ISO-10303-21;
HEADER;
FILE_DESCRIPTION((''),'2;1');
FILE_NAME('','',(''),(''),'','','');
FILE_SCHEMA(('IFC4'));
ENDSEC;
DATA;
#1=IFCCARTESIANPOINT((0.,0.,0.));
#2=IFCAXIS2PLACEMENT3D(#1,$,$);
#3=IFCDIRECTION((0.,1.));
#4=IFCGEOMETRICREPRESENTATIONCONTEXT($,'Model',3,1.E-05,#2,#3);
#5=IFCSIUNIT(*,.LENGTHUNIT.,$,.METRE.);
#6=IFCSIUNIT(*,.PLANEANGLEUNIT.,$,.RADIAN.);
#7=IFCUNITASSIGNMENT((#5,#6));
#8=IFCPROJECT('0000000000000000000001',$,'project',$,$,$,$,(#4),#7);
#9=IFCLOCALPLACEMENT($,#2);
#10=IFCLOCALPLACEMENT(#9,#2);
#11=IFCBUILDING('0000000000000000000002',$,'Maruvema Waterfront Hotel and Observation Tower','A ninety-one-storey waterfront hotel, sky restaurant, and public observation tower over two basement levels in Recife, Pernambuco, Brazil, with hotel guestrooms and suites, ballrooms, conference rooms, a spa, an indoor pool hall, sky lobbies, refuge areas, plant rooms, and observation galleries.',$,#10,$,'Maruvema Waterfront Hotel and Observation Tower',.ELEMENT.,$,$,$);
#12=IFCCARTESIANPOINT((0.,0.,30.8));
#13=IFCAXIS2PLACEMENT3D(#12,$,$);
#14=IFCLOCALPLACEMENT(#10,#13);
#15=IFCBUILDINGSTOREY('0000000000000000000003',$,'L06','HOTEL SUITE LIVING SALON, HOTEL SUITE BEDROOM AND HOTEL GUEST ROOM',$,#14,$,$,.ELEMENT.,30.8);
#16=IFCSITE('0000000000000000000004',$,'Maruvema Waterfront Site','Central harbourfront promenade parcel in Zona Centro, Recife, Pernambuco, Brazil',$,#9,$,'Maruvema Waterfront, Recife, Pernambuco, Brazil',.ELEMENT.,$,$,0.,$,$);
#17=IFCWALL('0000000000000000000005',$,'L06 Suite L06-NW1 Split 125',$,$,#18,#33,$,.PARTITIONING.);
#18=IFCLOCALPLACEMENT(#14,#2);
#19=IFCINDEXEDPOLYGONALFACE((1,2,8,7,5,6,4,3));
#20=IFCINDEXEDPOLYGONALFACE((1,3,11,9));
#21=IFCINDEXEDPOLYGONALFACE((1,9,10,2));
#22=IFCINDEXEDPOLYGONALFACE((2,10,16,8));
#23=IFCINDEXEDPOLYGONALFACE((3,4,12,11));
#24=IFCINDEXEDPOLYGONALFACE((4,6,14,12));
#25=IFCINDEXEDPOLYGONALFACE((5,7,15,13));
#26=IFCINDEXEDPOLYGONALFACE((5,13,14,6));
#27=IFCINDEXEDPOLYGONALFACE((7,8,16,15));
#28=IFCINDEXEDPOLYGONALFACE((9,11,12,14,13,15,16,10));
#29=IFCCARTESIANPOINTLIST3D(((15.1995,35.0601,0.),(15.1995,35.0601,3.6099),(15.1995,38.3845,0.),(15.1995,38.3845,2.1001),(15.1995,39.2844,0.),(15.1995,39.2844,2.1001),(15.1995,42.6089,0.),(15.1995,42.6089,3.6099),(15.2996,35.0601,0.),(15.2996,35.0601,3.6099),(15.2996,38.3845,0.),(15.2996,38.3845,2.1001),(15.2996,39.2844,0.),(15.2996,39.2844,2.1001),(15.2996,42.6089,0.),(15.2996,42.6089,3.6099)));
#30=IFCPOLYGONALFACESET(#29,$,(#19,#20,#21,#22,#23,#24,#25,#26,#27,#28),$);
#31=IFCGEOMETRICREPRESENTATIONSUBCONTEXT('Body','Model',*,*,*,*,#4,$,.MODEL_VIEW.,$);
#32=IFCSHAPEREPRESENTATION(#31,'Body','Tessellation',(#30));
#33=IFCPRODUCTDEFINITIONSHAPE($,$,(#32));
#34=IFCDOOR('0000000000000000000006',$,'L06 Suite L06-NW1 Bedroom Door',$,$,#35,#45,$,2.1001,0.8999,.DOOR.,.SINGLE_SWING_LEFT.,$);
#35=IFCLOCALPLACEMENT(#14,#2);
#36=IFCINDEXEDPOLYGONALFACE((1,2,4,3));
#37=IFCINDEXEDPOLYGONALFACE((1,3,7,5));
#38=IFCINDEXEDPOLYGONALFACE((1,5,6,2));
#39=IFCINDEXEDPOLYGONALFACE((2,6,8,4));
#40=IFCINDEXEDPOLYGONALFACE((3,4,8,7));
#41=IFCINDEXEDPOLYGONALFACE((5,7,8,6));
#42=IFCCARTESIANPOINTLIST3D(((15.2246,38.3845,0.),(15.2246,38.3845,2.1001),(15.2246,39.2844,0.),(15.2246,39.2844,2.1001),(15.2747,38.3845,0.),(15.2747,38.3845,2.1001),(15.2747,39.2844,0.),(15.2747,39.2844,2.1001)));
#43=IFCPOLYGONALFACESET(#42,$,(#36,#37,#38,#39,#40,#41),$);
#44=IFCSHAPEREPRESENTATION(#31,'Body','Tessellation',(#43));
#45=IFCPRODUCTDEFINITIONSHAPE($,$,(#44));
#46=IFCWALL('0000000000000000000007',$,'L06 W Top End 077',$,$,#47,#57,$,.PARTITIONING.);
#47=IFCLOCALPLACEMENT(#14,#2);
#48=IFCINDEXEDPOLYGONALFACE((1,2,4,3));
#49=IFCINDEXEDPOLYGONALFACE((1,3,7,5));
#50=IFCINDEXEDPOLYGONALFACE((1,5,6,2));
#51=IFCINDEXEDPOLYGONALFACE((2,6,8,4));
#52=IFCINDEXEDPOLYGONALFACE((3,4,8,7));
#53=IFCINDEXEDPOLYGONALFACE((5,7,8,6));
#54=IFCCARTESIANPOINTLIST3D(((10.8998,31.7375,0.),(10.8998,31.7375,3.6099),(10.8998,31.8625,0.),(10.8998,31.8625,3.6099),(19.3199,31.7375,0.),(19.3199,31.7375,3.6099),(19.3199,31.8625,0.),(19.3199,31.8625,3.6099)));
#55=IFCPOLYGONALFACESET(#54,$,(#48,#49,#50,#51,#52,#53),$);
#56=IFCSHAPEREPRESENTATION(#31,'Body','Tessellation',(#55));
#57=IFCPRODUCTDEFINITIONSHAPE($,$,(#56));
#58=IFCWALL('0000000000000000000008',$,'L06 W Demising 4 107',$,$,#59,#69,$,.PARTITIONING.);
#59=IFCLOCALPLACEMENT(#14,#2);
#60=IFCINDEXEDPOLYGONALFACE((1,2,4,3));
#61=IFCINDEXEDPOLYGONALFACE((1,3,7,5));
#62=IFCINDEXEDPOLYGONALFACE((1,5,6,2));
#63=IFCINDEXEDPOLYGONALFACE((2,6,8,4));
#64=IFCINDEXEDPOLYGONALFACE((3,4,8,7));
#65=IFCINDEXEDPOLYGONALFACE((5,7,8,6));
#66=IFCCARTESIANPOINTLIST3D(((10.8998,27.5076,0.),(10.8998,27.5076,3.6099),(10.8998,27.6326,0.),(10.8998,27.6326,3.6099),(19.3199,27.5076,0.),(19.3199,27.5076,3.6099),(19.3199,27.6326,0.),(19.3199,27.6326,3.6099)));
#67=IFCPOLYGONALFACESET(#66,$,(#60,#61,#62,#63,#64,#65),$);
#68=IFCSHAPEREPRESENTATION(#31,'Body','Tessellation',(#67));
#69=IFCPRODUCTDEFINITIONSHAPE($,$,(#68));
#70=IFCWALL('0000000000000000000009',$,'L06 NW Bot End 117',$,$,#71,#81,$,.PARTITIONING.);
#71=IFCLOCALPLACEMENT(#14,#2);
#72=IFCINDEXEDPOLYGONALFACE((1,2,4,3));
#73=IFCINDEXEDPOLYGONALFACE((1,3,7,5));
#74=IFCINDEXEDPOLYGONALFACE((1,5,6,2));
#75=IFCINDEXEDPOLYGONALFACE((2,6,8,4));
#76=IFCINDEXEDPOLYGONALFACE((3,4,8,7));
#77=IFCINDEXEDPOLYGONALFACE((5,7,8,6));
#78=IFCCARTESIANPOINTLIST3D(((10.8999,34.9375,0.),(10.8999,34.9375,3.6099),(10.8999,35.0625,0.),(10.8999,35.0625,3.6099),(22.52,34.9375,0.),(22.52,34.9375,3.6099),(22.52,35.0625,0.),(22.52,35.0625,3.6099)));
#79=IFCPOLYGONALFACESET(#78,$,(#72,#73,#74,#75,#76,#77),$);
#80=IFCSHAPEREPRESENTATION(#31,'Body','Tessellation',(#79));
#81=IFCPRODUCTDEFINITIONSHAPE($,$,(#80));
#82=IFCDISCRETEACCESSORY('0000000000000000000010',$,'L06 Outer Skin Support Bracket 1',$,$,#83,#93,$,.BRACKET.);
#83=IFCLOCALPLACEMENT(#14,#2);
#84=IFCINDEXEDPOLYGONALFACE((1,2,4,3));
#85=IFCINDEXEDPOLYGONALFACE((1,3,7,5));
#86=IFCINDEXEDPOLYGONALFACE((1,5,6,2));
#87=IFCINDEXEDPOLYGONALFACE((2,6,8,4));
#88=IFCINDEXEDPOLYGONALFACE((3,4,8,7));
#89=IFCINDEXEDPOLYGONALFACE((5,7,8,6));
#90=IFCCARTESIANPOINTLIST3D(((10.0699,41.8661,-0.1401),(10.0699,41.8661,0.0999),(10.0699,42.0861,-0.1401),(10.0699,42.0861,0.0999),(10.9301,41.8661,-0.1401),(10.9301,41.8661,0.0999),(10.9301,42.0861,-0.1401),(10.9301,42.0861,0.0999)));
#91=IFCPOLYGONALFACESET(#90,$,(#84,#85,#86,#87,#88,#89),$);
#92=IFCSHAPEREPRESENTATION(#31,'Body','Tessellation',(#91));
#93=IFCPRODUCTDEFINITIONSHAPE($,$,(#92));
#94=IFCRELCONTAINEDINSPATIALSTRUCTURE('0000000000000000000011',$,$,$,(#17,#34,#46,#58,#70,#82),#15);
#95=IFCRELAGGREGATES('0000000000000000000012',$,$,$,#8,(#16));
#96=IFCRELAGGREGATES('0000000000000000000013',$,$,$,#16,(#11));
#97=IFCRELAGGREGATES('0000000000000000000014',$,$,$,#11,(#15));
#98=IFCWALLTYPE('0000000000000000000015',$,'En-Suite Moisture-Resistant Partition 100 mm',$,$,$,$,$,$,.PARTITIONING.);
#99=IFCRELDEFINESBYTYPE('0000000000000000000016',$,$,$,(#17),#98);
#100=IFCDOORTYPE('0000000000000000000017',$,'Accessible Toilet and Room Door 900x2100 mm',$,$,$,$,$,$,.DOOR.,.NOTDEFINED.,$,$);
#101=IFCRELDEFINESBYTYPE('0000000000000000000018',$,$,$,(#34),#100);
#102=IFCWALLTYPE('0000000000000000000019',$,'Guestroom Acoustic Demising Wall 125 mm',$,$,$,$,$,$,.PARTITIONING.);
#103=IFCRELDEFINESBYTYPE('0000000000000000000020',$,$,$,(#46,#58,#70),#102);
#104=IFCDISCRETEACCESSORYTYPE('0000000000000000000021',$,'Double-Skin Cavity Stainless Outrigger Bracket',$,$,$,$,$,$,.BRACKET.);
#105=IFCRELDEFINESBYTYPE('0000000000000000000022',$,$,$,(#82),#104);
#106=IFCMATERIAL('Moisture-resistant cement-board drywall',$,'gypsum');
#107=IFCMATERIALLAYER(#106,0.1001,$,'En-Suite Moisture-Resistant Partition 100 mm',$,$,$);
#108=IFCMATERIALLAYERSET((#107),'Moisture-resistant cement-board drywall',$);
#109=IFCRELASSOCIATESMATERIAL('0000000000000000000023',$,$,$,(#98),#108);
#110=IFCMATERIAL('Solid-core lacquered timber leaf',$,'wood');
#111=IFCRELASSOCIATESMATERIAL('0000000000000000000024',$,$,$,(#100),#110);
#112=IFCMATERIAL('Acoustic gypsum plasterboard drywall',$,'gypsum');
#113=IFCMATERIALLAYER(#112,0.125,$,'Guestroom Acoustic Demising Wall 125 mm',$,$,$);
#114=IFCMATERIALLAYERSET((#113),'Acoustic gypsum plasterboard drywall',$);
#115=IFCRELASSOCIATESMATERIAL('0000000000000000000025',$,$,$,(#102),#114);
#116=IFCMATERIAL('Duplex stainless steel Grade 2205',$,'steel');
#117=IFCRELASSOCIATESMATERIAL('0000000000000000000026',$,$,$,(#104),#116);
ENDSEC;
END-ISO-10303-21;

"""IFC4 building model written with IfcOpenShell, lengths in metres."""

from ifc_helpers import new_model, si_unit, direction, frame, frame_2d, origin, origin_2d, place, context, subcontext, project, spatial, rectangle, extrude, material, layer, layer_set, type_object, element, fill, save


model = new_model("IFC4")

# Units and contexts
model_context = context("Model", 3, precision=1e-05, world=origin(), true_north=direction((0.0, 1.0)))
body_context = subcontext(model_context, "Body", "Model", "MODEL_VIEW")
ifc_project = project(units=[si_unit("LENGTHUNIT", "METRE"), si_unit("PLANEANGLEUNIT", "RADIAN")], contexts=[model_context])

# Site, building, storey
site_placement = place(None, origin())
site = spatial("IfcSite", under=ifc_project, at=site_placement, Name="Maruvema Waterfront Site", Description="Central harbourfront promenade parcel in Zona Centro, Recife, Pernambuco, Brazil", LongName="Maruvema Waterfront, Recife, Pernambuco, Brazil", CompositionType="ELEMENT", RefElevation=0.0)
building_placement = place(site_placement, origin())
building = spatial("IfcBuilding", under=site, at=building_placement, Name="Maruvema Waterfront Hotel and Observation Tower", Description="A ninety-one-storey waterfront hotel, sky restaurant, and public observation tower over two basement levels in Recife, Pernambuco, Brazil, with hotel guestrooms and suites, ballrooms, conference rooms, a spa, an indoor pool hall, sky lobbies, refuge areas, plant rooms, and observation galleries.", LongName="Maruvema Waterfront Hotel and Observation Tower", CompositionType="ELEMENT")
storey_placement = place(building_placement, frame((0.0, 0.0, 30.8)))
storey = spatial("IfcBuildingStorey", under=building, at=storey_placement, Name="L06", Description="HOTEL SUITE LIVING SALON, HOTEL SUITE BEDROOM AND HOTEL GUEST ROOM", CompositionType="ELEMENT", Elevation=30.8)

# Shared definitions
ifc_material_1 = material(Name="Moisture-resistant cement-board drywall", Category="gypsum")
ifc_layer_1 = layer(ifc_material_1, 0.1001, Name="En-Suite Moisture-Resistant Partition 100 mm")
ifc_layer_set_1 = layer_set([ifc_layer_1], Name="Moisture-resistant cement-board drywall")
wall_type_1 = type_object("IfcWallType", Name="En-Suite Moisture-Resistant Partition 100 mm", PredefinedType="PARTITIONING", material=ifc_layer_set_1)

# Wall, opening, door
wall_1_placement = place(storey_placement, frame((15.2495, 35.0601, 0.0), z_axis=(0.0, 0.0, 1.0), x_axis=(0.0, 1.0, 0.0)))
wall_1 = element("IfcWall", 1, at=wall_1_placement, inside=storey, type_object=wall_type_1, Name="L06 Suite L06-NW1 Split 125", PredefinedType="PARTITIONING", context=body_context, shape_type="SweptSolid", body=[
    extrude(rectangle(XDim=7.5488, YDim=0.1001, at=frame_2d((3.7744, 0.0))), origin(), (0.0, 0.0, 1.0), 3.6099),
])
opening_1_placement = place(wall_1_placement, frame((3.3245, 0.0, 0.0)))
opening_1 = element("IfcOpeningElement", 2, at=opening_1_placement, cuts=wall_1, PredefinedType="OPENING", context=body_context, shape_type="SweptSolid", body=[
    extrude(rectangle(XDim=0.8999, YDim=2.1001, at=frame_2d((0.45, 1.05))), frame((0.0, 0.0601, 0.0), z_axis=(0.0, -1.0, 0.0), x_axis=(1.0, 0.0, 0.0)), (0.0, 0.0, 1.0), 0.1201),
])
ifc_material_2 = material(Name="Solid-core lacquered timber leaf", Category="wood")
door_type_1 = type_object("IfcDoorType", Name="Accessible Toilet and Room Door 900x2100 mm", OperationType="NOTDEFINED", PredefinedType="DOOR", material=ifc_material_2)
door_1_placement = place(opening_1_placement, origin())
door_1 = element("IfcDoor", 3, at=door_1_placement, inside=storey, type_object=door_type_1, Name="L06 Suite L06-NW1 Bedroom Door", OperationType="SINGLE_SWING_LEFT", OverallHeight=2.1001, OverallWidth=0.8999, PredefinedType="DOOR", context=body_context, shape_type="SweptSolid", body=[
    extrude(rectangle(XDim=0.8999, YDim=2.1001, at=frame_2d((0.45, 1.05))), frame((0.0, 0.0249, 0.0), z_axis=(0.0, -1.0, 0.0), x_axis=(1.0, 0.0, 0.0)), (0.0, 0.0, 1.0), 0.05),
])
fill(opening_1, door_1)

# Walls
ifc_material_3 = material(Name="Acoustic gypsum plasterboard drywall", Category="gypsum")
ifc_layer_2 = layer(ifc_material_3, 0.125, Name="Guestroom Acoustic Demising Wall 125 mm")
ifc_layer_set_2 = layer_set([ifc_layer_2], Name="Acoustic gypsum plasterboard drywall")
wall_type_2 = type_object("IfcWallType", Name="Guestroom Acoustic Demising Wall 125 mm", PredefinedType="PARTITIONING", material=ifc_layer_set_2)
for number, where, z_axis, x_axis, name in (
    (4, (10.8999, 31.8, 0.0), (0.0, 0.0, 1.0), (1.0, 0.0, 0.0), "L06 W Top End 077"),
    (5, (10.8999, 27.5701, 0.0), (0.0, 0.0, 1.0), (1.0, 0.0, 0.0), "L06 W Demising 4 107"),
):
    element("IfcWall", number, at=place(storey_placement, frame(where, z_axis=z_axis, x_axis=x_axis)), inside=storey, type_object=wall_type_2, Name=name, PredefinedType="PARTITIONING", context=body_context, shape_type="SweptSolid", body=[
        extrude(rectangle(XDim=8.4202, YDim=0.125, at=frame_2d((4.21, 0.0))), origin(), (0.0, 0.0, 1.0), 3.6099),
    ])
wall_2_placement = place(storey_placement, frame((10.8999, 35.0, 0.0), z_axis=(0.0, 0.0, 1.0), x_axis=(1.0, 0.0, 0.0)))
element("IfcWall", 6, at=wall_2_placement, inside=storey, type_object=wall_type_2, Name="L06 NW Bot End 117", PredefinedType="PARTITIONING", context=body_context, shape_type="SweptSolid", body=[
    extrude(rectangle(XDim=11.6201, YDim=0.125, at=frame_2d((5.8101, 0.0))), origin(), (0.0, 0.0, 1.0), 3.6099),
])

# Discrete accessory
ifc_material_4 = material(Name="Duplex stainless steel Grade 2205", Category="steel")
discrete_accessory_type = type_object("IfcDiscreteAccessoryType", Name="Double-Skin Cavity Stainless Outrigger Bracket", PredefinedType="BRACKET", material=ifc_material_4)
discrete_accessory_placement = place(storey_placement, frame((10.5, 41.9761, -0.1401), z_axis=(0.0, 0.0, 1.0), x_axis=(0.0, -1.0, 0.0)))
element("IfcDiscreteAccessory", 7, at=discrete_accessory_placement, inside=storey, type_object=discrete_accessory_type, Name="L06 Outer Skin Support Bracket 1", PredefinedType="BRACKET", context=body_context, shape_type="SweptSolid", body=[
    extrude(rectangle(XDim=0.22, YDim=0.8601, at=origin_2d()), origin(), (0.0, 0.0, 1.0), 0.24),
])

save(model, "model.ifc")
